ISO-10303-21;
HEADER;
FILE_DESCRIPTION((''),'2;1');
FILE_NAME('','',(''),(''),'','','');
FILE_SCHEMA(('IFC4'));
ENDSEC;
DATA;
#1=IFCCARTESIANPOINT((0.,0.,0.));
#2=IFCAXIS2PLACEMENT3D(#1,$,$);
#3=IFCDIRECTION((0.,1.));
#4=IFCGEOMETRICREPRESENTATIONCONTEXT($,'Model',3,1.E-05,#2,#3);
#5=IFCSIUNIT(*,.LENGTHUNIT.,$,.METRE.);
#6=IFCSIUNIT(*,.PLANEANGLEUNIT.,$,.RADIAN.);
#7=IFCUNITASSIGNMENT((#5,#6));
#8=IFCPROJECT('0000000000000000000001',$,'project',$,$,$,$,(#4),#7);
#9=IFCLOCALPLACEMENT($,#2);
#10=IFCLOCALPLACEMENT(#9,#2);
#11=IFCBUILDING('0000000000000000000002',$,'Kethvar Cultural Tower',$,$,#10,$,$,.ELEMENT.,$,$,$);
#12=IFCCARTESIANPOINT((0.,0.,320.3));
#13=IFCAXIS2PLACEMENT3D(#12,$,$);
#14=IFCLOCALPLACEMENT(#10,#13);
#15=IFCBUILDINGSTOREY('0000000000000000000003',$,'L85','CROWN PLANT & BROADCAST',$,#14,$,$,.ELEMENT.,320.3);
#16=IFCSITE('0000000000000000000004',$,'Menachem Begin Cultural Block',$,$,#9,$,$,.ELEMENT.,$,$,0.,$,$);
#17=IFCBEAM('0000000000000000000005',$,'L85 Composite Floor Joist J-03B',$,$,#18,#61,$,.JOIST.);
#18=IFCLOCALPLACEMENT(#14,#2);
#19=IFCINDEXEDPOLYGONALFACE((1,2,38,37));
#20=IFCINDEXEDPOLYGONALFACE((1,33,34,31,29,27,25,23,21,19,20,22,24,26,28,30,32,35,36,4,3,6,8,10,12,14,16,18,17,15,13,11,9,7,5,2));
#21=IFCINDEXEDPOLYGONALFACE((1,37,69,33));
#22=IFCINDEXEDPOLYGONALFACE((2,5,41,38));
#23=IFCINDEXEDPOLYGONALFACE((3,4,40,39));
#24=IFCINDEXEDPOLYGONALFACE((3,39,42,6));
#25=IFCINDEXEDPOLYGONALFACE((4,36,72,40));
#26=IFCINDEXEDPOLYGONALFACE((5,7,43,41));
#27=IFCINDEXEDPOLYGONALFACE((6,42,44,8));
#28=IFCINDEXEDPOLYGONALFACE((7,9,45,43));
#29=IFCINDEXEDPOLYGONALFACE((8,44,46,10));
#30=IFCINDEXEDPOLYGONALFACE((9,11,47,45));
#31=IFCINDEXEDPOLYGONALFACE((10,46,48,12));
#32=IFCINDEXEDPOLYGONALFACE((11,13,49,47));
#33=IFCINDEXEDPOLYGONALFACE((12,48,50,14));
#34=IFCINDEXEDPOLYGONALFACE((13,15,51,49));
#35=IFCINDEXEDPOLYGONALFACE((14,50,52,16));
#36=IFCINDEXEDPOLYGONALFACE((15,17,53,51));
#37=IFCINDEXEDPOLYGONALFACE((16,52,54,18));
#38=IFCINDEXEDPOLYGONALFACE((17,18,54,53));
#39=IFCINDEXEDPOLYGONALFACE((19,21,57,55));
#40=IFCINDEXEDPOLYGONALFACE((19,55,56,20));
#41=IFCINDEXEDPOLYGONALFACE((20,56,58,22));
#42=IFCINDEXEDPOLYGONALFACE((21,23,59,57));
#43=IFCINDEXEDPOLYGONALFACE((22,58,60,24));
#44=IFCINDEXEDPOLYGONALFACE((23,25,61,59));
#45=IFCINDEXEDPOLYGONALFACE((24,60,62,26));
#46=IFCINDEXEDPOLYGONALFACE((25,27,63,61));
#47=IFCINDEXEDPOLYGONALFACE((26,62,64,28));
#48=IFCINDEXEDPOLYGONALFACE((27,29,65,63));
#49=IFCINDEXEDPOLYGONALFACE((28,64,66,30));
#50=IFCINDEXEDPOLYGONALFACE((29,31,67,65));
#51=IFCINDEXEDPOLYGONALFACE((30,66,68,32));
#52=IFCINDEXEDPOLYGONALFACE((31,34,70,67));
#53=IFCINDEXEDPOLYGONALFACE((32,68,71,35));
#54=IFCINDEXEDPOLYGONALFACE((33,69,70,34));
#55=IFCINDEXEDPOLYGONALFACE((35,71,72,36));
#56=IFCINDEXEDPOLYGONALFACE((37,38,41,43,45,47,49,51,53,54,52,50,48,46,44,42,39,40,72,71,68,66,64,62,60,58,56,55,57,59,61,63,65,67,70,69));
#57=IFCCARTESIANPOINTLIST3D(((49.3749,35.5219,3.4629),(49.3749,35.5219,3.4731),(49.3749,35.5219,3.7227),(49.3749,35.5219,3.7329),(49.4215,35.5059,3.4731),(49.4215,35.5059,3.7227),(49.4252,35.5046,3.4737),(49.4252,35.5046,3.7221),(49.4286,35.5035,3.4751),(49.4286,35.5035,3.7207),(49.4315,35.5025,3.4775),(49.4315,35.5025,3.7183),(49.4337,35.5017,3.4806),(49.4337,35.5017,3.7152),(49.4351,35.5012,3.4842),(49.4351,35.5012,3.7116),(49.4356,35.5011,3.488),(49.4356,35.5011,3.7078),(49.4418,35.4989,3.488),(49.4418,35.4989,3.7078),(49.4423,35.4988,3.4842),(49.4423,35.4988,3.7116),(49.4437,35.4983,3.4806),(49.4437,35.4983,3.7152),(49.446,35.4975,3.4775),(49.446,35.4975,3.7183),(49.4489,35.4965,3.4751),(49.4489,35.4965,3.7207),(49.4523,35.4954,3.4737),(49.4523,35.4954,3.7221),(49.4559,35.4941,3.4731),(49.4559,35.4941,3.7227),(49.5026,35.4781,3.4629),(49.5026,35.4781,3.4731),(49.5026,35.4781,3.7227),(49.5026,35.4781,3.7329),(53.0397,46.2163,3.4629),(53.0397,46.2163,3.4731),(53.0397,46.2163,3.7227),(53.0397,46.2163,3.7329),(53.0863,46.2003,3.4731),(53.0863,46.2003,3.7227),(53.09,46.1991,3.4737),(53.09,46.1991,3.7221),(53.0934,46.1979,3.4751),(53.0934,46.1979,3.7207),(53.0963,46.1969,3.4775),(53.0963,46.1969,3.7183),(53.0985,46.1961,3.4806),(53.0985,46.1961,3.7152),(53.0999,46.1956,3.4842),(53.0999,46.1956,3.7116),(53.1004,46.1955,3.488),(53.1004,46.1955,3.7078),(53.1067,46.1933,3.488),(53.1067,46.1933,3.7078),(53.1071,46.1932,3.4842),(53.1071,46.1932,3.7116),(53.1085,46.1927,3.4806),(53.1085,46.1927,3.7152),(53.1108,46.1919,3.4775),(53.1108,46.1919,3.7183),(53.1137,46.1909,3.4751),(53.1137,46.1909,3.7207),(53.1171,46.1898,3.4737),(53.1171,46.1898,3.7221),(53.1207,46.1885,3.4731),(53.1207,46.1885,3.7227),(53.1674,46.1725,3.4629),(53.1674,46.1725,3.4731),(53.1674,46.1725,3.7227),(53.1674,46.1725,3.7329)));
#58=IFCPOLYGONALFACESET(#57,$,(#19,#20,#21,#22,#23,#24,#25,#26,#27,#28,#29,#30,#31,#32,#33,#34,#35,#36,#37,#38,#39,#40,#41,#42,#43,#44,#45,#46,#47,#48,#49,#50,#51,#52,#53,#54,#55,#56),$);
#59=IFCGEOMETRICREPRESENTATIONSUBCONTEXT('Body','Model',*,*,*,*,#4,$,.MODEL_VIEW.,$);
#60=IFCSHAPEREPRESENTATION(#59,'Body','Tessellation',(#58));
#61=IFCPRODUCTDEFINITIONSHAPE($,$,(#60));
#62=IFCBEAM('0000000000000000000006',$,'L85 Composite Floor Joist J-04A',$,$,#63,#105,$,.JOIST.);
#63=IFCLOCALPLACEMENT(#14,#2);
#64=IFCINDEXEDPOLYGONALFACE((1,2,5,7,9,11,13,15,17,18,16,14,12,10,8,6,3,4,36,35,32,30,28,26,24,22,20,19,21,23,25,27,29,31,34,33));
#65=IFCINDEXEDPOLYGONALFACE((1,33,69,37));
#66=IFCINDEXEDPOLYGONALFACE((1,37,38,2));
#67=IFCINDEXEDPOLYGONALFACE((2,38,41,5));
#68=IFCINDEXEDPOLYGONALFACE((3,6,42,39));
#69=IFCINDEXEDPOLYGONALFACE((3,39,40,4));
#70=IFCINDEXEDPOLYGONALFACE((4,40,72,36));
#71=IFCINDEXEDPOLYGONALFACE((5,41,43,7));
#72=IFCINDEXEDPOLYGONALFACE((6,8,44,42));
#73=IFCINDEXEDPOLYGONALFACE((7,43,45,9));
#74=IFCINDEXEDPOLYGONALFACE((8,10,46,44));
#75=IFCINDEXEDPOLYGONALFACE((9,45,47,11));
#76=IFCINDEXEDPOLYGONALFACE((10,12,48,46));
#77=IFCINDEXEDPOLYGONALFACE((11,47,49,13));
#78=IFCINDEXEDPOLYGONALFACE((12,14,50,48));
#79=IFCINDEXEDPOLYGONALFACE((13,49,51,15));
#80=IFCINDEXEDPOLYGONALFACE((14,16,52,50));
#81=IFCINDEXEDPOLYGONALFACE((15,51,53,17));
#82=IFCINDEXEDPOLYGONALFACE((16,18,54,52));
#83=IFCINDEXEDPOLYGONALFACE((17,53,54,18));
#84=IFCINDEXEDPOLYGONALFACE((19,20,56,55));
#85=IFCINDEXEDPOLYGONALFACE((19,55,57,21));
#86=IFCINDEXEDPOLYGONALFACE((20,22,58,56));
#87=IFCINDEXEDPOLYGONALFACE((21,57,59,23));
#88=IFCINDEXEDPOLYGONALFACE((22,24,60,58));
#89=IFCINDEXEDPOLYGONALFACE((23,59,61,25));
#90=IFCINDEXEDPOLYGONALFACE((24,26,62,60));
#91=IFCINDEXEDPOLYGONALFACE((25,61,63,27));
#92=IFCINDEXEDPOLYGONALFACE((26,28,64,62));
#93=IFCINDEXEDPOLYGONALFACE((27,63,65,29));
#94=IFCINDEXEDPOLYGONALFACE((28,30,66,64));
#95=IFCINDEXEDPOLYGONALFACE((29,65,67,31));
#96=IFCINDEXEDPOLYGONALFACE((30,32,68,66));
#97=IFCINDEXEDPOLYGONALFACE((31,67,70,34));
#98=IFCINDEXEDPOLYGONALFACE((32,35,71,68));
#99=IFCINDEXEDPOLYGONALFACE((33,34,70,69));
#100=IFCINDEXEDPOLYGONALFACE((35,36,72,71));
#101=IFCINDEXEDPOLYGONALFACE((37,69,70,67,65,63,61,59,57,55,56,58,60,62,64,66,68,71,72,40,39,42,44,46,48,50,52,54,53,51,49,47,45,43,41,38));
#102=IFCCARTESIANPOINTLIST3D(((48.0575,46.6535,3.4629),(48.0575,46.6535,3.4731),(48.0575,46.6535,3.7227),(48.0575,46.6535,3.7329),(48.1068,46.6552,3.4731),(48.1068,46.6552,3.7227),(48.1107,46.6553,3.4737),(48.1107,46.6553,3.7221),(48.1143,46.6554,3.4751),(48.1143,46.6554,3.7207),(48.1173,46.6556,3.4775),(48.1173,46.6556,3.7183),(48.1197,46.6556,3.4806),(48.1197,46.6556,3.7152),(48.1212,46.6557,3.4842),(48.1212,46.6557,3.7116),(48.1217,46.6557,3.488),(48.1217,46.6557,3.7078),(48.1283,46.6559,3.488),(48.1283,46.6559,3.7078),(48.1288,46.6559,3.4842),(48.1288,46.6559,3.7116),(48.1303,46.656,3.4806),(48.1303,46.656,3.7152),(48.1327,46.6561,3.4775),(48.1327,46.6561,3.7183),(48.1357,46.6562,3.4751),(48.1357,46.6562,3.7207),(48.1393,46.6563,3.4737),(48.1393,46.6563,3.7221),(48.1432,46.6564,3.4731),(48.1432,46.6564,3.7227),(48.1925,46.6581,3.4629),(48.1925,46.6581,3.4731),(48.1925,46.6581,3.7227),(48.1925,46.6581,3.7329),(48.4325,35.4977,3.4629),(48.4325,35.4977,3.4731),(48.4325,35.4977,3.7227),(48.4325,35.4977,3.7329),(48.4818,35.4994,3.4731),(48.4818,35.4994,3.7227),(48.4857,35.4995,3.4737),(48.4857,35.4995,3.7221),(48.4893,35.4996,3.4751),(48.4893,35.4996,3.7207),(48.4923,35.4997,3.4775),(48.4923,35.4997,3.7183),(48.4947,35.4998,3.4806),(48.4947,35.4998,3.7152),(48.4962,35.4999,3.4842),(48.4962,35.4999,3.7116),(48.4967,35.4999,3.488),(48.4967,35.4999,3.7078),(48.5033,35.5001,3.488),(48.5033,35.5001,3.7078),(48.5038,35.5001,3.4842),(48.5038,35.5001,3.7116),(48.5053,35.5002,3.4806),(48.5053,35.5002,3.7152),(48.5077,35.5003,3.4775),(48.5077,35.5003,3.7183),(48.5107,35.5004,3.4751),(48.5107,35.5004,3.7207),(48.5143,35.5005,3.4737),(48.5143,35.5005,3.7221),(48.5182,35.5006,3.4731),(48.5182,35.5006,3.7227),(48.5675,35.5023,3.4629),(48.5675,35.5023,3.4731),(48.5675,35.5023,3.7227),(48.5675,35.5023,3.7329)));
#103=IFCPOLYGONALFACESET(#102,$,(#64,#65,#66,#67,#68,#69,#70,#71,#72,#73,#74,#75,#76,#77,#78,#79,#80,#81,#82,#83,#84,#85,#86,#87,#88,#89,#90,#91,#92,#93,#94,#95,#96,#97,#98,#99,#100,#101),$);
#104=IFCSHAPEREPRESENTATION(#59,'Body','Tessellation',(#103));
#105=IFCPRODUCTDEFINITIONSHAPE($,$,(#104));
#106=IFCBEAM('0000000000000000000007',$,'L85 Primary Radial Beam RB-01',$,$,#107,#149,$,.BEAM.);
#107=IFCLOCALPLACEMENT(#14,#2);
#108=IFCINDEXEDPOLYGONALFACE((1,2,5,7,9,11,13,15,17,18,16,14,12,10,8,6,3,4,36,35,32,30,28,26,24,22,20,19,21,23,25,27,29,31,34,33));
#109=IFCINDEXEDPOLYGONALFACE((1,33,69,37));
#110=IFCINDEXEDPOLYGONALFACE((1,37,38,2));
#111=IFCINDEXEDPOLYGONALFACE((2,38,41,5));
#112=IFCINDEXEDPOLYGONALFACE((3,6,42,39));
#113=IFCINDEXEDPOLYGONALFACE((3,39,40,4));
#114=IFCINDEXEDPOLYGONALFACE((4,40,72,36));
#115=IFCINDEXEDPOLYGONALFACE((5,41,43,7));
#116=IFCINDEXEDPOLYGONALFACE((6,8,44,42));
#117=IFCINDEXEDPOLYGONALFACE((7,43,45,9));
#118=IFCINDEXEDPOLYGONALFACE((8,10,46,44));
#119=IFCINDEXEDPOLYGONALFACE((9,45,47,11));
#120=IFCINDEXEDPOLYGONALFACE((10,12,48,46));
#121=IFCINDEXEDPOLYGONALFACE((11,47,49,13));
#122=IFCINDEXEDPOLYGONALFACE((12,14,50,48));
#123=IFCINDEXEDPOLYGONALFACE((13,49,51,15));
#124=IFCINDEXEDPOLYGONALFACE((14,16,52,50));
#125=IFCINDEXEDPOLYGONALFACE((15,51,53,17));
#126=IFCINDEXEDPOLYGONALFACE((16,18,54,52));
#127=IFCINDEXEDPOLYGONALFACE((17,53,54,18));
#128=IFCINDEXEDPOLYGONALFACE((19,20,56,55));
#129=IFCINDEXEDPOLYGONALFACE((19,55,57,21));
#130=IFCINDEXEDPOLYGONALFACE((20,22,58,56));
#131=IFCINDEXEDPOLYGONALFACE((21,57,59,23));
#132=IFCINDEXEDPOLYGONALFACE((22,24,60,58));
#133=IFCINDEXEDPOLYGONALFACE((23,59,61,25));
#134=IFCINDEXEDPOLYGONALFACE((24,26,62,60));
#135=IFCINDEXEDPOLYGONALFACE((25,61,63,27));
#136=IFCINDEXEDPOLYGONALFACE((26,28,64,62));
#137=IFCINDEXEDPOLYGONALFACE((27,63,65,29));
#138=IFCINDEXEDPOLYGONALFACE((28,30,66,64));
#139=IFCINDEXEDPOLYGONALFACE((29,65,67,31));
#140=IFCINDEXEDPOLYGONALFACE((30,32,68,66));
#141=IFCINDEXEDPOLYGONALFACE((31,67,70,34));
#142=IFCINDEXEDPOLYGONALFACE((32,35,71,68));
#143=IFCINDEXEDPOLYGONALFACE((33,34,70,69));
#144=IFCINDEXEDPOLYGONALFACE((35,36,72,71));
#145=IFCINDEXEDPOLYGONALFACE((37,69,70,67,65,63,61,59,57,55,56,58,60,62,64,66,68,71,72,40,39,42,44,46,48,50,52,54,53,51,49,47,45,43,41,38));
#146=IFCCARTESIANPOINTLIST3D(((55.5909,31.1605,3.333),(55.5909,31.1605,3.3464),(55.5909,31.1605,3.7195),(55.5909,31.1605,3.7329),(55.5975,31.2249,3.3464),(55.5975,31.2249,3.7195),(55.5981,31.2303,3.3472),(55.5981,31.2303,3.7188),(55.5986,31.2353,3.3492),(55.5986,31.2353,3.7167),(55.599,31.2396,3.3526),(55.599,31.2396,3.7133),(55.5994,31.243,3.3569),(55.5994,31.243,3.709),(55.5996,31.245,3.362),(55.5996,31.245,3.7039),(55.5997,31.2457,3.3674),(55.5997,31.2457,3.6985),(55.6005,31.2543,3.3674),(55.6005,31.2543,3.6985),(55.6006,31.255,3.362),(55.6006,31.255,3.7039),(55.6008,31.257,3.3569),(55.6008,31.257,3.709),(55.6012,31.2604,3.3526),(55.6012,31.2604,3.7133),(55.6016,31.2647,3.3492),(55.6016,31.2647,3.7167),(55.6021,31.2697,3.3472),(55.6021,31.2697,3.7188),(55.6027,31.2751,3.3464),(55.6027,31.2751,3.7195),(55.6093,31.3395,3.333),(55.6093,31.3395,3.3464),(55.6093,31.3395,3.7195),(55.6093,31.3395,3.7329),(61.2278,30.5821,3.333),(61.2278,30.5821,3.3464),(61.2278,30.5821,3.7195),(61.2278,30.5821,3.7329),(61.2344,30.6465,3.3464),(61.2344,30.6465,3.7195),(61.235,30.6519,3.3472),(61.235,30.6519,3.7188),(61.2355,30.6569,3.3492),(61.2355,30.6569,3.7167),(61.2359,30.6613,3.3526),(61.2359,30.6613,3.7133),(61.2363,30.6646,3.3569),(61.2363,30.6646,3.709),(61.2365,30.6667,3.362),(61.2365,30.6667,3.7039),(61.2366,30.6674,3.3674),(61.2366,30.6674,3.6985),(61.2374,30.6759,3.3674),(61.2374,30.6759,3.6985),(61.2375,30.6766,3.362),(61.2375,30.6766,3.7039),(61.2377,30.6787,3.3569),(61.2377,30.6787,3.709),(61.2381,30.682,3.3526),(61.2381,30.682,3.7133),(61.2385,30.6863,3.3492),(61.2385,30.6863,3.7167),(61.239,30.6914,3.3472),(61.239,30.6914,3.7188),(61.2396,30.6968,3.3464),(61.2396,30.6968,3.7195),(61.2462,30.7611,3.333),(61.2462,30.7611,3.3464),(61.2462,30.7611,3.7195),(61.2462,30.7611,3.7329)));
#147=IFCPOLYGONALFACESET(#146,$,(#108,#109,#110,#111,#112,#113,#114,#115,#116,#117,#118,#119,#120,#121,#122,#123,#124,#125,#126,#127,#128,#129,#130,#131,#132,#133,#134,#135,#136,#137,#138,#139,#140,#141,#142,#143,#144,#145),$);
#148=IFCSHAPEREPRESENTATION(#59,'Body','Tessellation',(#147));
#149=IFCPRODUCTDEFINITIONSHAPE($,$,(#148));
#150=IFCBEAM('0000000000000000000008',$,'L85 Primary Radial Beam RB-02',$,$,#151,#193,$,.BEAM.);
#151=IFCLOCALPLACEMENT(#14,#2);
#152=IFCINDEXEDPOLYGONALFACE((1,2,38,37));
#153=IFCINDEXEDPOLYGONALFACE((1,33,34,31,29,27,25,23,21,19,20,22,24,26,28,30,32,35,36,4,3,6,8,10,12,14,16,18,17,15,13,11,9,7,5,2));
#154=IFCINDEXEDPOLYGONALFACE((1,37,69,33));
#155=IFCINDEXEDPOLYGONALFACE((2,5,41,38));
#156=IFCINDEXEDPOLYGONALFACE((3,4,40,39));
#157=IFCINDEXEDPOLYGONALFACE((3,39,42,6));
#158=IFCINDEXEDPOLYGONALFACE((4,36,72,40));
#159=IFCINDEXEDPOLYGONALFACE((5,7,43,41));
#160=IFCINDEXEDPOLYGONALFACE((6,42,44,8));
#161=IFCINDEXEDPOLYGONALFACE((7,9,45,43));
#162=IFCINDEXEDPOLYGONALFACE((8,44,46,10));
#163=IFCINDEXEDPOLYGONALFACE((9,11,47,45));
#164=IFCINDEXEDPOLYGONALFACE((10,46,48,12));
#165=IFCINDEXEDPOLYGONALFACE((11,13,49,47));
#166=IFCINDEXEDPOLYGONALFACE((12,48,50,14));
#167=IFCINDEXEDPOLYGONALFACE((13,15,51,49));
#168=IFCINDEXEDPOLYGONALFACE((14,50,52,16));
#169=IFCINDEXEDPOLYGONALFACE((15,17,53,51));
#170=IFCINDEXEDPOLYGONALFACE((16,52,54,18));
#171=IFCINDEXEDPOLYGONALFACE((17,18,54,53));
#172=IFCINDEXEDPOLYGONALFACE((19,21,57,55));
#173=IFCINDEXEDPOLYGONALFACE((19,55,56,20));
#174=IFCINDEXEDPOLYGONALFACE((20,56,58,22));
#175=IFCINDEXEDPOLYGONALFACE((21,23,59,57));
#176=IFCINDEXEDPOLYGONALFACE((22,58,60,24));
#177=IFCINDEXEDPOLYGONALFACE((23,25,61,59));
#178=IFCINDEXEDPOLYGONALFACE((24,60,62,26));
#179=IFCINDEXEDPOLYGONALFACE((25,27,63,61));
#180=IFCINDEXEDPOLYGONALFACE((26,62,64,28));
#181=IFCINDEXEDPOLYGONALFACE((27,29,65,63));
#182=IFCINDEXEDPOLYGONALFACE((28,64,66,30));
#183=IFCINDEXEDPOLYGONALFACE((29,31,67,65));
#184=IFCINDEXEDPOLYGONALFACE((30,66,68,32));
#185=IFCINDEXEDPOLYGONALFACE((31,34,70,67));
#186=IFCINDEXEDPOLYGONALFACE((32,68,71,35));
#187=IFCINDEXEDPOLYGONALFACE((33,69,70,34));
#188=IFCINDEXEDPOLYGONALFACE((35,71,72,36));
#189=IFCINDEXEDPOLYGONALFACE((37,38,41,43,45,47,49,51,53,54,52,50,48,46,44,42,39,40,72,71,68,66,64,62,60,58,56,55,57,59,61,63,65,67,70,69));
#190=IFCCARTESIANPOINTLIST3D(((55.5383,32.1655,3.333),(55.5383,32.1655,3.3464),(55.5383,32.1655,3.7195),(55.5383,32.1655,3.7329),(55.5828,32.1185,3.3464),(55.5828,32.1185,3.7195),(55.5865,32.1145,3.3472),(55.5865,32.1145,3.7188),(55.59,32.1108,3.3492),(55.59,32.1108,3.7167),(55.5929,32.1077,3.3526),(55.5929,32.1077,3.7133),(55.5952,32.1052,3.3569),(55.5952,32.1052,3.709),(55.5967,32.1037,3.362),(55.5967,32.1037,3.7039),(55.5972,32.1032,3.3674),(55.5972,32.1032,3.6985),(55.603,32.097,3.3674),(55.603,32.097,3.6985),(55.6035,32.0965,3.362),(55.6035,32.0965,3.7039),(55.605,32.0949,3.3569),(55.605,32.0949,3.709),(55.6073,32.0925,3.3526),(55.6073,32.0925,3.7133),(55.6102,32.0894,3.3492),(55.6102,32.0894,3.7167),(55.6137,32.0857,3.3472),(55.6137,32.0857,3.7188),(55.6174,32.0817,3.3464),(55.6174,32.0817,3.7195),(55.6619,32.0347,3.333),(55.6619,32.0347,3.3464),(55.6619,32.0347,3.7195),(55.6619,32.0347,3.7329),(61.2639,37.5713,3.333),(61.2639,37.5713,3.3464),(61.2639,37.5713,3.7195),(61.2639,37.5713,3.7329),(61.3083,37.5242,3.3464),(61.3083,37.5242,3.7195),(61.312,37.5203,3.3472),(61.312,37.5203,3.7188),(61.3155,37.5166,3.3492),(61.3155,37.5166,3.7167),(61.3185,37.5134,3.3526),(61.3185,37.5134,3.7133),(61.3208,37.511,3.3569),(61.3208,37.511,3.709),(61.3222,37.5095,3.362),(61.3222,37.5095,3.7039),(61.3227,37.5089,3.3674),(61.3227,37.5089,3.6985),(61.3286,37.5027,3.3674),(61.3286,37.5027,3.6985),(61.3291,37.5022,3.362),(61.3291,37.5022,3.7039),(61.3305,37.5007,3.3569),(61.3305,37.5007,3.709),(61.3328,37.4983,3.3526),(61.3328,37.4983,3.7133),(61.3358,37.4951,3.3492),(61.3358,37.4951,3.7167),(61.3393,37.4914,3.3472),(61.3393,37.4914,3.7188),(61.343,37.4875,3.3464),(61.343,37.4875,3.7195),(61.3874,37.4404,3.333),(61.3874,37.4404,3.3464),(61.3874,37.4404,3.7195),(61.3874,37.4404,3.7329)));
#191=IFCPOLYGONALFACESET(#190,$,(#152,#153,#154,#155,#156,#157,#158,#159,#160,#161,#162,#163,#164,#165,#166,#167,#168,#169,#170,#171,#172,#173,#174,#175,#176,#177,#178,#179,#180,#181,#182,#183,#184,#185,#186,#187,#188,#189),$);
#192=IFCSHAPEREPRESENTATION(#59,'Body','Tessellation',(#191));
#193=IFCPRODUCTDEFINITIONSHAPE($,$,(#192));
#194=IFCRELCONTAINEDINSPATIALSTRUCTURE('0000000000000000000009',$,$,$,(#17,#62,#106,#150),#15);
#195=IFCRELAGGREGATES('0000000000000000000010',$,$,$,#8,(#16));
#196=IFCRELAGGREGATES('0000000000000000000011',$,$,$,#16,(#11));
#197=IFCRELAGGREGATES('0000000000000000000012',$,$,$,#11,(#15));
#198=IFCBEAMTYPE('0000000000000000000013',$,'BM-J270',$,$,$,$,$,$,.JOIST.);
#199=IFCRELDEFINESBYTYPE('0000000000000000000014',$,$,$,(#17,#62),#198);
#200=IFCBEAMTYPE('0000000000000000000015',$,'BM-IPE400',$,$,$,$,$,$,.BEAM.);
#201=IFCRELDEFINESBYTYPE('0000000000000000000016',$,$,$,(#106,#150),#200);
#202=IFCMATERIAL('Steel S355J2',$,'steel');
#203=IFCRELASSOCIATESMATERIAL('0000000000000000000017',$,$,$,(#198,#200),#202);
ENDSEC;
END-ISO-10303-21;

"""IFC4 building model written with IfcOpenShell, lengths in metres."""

from ifc_helpers import new_model, si_unit, direction, frame, origin, origin_2d, place, context, subcontext, project, spatial, i_section, extrude, source, transform, mapped, material, material_profile, profile_set, type_object, element, save


model = new_model("IFC4")

# Units and contexts
model_context = context("Model", 3, precision=1e-05, world=origin(), true_north=direction((0.0, 1.0)))
body_context = subcontext(model_context, "Body", "Model", "MODEL_VIEW")
ifc_project = project(units=[si_unit("LENGTHUNIT", "METRE"), si_unit("PLANEANGLEUNIT", "RADIAN")], contexts=[model_context])

# Site, building, storey
site_placement = place(None, origin())
site = spatial("IfcSite", under=ifc_project, at=site_placement, Name="Menachem Begin Cultural Block", CompositionType="ELEMENT", RefElevation=0.0)
building_placement = place(site_placement, origin())
building = spatial("IfcBuilding", under=site, at=building_placement, Name="Kethvar Cultural Tower", CompositionType="ELEMENT")
storey_placement = place(building_placement, frame((0.0, 0.0, 320.3)))
storey = spatial("IfcBuildingStorey", under=building, at=storey_placement, Name="L85", Description="CROWN PLANT & BROADCAST", CompositionType="ELEMENT", Elevation=320.3)

# Beams
ifc_material_1 = material(Name="Steel S355J2", Category="steel")
ifc_material_profile_1 = material_profile(ifc_material_1, i_section(OverallWidth=0.135, OverallDepth=0.27, WebThickness=0.0066, FlangeThickness=0.0103, FilletRadius=0.0149, at=origin_2d()), Name="Steel S355J2 — IPE270")
ifc_profile_set_1 = profile_set([ifc_material_profile_1], Name="Steel S355J2 — IPE270")
beam_type_1 = type_object("IfcBeamType", Name="BM-J270", PredefinedType="JOIST", material=ifc_profile_set_1)
shared_shape_1 = source(origin(), body_context, "Body", "SweptSolid", [
    extrude(i_section(OverallWidth=0.135, OverallDepth=0.27, WebThickness=0.0066, FlangeThickness=0.0103, FilletRadius=0.0149, at=origin_2d()), origin(), (0.0, 0.0, 1.0), 11.3049),
])
beam_1_placement = place(storey_placement, frame((49.4387, 35.5, 3.5979), z_axis=(0.324179, 0.945996, 0.0), x_axis=(-0.945996, 0.324179, 0.0)))
element("IfcBeam", 1, at=beam_1_placement, inside=storey, type_object=beam_type_1, Name="L85 Composite Floor Joist J-03B", PredefinedType="JOIST", context=body_context, shape_type="MappedRepresentation", body=[
    mapped(shared_shape_1, transform((0.0, 0.0, 0.0), scale=1.0)),
])
shared_shape_2 = source(origin(), body_context, "Body", "SweptSolid", [
    extrude(i_section(OverallWidth=0.135, OverallDepth=0.27, WebThickness=0.0066, FlangeThickness=0.0103, FilletRadius=0.0149, at=origin_2d()), origin(), (0.0, 0.0, 1.0), 11.1621),
])
beam_2_placement = place(storey_placement, frame((48.5, 35.5, 3.5979), z_axis=(-0.033596, 0.999435, 0.0), x_axis=(-0.999435, -0.033596, 0.0)))
element("IfcBeam", 2, at=beam_2_placement, inside=storey, type_object=beam_type_1, Name="L85 Composite Floor Joist J-04A", PredefinedType="JOIST", context=body_context, shape_type="MappedRepresentation", body=[
    mapped(shared_shape_2, transform((0.0, 0.0, 0.0), scale=1.0)),
])
ifc_material_profile_2 = material_profile(ifc_material_1, i_section(OverallWidth=0.1799, OverallDepth=0.3999, WebThickness=0.0085, FlangeThickness=0.0134, FilletRadius=0.021, at=origin_2d()), Name="Steel S355J2 — IPE400")
ifc_profile_set_2 = profile_set([ifc_material_profile_2], Name="Steel S355J2 — IPE400")
beam_type_2 = type_object("IfcBeamType", Name="BM-IPE400", PredefinedType="BEAM", material=ifc_profile_set_2)
shared_shape_3 = source(origin(), body_context, "Body", "SweptSolid", [
    extrude(i_section(OverallWidth=0.1799, OverallDepth=0.3999, WebThickness=0.0085, FlangeThickness=0.0134, FilletRadius=0.021, at=origin_2d()), origin(), (0.0, 0.0, 1.0), 5.6665),
])
beam_3_placement = place(storey_placement, frame((55.6001, 31.25, 3.533), z_axis=(0.994778, -0.102067, 0.0), x_axis=(0.102067, 0.994778, 0.0)))
element("IfcBeam", 3, at=beam_3_placement, inside=storey, type_object=beam_type_2, Name="L85 Primary Radial Beam RB-01", PredefinedType="BEAM", context=body_context, shape_type="MappedRepresentation", body=[
    mapped(shared_shape_3, transform((0.0, 0.0, 0.0), scale=1.0)),
])
shared_shape_4 = source(origin(), body_context, "Body", "SweptSolid", [
    extrude(i_section(OverallWidth=0.1799, OverallDepth=0.3999, WebThickness=0.0085, FlangeThickness=0.0134, FilletRadius=0.021, at=origin_2d()), origin(), (0.0, 0.0, 1.0), 7.8743),
])
beam_4_placement = place(storey_placement, frame((55.6001, 32.1001, 3.533), z_axis=(0.727123, 0.686507, 0.0), x_axis=(-0.686507, 0.727123, 0.0)))
element("IfcBeam", 4, at=beam_4_placement, inside=storey, type_object=beam_type_2, Name="L85 Primary Radial Beam RB-02", PredefinedType="BEAM", context=body_context, shape_type="MappedRepresentation", body=[
    mapped(shared_shape_4, transform((0.0, 0.0, 0.0), scale=1.0)),
])

save(model, "model.ifc")
